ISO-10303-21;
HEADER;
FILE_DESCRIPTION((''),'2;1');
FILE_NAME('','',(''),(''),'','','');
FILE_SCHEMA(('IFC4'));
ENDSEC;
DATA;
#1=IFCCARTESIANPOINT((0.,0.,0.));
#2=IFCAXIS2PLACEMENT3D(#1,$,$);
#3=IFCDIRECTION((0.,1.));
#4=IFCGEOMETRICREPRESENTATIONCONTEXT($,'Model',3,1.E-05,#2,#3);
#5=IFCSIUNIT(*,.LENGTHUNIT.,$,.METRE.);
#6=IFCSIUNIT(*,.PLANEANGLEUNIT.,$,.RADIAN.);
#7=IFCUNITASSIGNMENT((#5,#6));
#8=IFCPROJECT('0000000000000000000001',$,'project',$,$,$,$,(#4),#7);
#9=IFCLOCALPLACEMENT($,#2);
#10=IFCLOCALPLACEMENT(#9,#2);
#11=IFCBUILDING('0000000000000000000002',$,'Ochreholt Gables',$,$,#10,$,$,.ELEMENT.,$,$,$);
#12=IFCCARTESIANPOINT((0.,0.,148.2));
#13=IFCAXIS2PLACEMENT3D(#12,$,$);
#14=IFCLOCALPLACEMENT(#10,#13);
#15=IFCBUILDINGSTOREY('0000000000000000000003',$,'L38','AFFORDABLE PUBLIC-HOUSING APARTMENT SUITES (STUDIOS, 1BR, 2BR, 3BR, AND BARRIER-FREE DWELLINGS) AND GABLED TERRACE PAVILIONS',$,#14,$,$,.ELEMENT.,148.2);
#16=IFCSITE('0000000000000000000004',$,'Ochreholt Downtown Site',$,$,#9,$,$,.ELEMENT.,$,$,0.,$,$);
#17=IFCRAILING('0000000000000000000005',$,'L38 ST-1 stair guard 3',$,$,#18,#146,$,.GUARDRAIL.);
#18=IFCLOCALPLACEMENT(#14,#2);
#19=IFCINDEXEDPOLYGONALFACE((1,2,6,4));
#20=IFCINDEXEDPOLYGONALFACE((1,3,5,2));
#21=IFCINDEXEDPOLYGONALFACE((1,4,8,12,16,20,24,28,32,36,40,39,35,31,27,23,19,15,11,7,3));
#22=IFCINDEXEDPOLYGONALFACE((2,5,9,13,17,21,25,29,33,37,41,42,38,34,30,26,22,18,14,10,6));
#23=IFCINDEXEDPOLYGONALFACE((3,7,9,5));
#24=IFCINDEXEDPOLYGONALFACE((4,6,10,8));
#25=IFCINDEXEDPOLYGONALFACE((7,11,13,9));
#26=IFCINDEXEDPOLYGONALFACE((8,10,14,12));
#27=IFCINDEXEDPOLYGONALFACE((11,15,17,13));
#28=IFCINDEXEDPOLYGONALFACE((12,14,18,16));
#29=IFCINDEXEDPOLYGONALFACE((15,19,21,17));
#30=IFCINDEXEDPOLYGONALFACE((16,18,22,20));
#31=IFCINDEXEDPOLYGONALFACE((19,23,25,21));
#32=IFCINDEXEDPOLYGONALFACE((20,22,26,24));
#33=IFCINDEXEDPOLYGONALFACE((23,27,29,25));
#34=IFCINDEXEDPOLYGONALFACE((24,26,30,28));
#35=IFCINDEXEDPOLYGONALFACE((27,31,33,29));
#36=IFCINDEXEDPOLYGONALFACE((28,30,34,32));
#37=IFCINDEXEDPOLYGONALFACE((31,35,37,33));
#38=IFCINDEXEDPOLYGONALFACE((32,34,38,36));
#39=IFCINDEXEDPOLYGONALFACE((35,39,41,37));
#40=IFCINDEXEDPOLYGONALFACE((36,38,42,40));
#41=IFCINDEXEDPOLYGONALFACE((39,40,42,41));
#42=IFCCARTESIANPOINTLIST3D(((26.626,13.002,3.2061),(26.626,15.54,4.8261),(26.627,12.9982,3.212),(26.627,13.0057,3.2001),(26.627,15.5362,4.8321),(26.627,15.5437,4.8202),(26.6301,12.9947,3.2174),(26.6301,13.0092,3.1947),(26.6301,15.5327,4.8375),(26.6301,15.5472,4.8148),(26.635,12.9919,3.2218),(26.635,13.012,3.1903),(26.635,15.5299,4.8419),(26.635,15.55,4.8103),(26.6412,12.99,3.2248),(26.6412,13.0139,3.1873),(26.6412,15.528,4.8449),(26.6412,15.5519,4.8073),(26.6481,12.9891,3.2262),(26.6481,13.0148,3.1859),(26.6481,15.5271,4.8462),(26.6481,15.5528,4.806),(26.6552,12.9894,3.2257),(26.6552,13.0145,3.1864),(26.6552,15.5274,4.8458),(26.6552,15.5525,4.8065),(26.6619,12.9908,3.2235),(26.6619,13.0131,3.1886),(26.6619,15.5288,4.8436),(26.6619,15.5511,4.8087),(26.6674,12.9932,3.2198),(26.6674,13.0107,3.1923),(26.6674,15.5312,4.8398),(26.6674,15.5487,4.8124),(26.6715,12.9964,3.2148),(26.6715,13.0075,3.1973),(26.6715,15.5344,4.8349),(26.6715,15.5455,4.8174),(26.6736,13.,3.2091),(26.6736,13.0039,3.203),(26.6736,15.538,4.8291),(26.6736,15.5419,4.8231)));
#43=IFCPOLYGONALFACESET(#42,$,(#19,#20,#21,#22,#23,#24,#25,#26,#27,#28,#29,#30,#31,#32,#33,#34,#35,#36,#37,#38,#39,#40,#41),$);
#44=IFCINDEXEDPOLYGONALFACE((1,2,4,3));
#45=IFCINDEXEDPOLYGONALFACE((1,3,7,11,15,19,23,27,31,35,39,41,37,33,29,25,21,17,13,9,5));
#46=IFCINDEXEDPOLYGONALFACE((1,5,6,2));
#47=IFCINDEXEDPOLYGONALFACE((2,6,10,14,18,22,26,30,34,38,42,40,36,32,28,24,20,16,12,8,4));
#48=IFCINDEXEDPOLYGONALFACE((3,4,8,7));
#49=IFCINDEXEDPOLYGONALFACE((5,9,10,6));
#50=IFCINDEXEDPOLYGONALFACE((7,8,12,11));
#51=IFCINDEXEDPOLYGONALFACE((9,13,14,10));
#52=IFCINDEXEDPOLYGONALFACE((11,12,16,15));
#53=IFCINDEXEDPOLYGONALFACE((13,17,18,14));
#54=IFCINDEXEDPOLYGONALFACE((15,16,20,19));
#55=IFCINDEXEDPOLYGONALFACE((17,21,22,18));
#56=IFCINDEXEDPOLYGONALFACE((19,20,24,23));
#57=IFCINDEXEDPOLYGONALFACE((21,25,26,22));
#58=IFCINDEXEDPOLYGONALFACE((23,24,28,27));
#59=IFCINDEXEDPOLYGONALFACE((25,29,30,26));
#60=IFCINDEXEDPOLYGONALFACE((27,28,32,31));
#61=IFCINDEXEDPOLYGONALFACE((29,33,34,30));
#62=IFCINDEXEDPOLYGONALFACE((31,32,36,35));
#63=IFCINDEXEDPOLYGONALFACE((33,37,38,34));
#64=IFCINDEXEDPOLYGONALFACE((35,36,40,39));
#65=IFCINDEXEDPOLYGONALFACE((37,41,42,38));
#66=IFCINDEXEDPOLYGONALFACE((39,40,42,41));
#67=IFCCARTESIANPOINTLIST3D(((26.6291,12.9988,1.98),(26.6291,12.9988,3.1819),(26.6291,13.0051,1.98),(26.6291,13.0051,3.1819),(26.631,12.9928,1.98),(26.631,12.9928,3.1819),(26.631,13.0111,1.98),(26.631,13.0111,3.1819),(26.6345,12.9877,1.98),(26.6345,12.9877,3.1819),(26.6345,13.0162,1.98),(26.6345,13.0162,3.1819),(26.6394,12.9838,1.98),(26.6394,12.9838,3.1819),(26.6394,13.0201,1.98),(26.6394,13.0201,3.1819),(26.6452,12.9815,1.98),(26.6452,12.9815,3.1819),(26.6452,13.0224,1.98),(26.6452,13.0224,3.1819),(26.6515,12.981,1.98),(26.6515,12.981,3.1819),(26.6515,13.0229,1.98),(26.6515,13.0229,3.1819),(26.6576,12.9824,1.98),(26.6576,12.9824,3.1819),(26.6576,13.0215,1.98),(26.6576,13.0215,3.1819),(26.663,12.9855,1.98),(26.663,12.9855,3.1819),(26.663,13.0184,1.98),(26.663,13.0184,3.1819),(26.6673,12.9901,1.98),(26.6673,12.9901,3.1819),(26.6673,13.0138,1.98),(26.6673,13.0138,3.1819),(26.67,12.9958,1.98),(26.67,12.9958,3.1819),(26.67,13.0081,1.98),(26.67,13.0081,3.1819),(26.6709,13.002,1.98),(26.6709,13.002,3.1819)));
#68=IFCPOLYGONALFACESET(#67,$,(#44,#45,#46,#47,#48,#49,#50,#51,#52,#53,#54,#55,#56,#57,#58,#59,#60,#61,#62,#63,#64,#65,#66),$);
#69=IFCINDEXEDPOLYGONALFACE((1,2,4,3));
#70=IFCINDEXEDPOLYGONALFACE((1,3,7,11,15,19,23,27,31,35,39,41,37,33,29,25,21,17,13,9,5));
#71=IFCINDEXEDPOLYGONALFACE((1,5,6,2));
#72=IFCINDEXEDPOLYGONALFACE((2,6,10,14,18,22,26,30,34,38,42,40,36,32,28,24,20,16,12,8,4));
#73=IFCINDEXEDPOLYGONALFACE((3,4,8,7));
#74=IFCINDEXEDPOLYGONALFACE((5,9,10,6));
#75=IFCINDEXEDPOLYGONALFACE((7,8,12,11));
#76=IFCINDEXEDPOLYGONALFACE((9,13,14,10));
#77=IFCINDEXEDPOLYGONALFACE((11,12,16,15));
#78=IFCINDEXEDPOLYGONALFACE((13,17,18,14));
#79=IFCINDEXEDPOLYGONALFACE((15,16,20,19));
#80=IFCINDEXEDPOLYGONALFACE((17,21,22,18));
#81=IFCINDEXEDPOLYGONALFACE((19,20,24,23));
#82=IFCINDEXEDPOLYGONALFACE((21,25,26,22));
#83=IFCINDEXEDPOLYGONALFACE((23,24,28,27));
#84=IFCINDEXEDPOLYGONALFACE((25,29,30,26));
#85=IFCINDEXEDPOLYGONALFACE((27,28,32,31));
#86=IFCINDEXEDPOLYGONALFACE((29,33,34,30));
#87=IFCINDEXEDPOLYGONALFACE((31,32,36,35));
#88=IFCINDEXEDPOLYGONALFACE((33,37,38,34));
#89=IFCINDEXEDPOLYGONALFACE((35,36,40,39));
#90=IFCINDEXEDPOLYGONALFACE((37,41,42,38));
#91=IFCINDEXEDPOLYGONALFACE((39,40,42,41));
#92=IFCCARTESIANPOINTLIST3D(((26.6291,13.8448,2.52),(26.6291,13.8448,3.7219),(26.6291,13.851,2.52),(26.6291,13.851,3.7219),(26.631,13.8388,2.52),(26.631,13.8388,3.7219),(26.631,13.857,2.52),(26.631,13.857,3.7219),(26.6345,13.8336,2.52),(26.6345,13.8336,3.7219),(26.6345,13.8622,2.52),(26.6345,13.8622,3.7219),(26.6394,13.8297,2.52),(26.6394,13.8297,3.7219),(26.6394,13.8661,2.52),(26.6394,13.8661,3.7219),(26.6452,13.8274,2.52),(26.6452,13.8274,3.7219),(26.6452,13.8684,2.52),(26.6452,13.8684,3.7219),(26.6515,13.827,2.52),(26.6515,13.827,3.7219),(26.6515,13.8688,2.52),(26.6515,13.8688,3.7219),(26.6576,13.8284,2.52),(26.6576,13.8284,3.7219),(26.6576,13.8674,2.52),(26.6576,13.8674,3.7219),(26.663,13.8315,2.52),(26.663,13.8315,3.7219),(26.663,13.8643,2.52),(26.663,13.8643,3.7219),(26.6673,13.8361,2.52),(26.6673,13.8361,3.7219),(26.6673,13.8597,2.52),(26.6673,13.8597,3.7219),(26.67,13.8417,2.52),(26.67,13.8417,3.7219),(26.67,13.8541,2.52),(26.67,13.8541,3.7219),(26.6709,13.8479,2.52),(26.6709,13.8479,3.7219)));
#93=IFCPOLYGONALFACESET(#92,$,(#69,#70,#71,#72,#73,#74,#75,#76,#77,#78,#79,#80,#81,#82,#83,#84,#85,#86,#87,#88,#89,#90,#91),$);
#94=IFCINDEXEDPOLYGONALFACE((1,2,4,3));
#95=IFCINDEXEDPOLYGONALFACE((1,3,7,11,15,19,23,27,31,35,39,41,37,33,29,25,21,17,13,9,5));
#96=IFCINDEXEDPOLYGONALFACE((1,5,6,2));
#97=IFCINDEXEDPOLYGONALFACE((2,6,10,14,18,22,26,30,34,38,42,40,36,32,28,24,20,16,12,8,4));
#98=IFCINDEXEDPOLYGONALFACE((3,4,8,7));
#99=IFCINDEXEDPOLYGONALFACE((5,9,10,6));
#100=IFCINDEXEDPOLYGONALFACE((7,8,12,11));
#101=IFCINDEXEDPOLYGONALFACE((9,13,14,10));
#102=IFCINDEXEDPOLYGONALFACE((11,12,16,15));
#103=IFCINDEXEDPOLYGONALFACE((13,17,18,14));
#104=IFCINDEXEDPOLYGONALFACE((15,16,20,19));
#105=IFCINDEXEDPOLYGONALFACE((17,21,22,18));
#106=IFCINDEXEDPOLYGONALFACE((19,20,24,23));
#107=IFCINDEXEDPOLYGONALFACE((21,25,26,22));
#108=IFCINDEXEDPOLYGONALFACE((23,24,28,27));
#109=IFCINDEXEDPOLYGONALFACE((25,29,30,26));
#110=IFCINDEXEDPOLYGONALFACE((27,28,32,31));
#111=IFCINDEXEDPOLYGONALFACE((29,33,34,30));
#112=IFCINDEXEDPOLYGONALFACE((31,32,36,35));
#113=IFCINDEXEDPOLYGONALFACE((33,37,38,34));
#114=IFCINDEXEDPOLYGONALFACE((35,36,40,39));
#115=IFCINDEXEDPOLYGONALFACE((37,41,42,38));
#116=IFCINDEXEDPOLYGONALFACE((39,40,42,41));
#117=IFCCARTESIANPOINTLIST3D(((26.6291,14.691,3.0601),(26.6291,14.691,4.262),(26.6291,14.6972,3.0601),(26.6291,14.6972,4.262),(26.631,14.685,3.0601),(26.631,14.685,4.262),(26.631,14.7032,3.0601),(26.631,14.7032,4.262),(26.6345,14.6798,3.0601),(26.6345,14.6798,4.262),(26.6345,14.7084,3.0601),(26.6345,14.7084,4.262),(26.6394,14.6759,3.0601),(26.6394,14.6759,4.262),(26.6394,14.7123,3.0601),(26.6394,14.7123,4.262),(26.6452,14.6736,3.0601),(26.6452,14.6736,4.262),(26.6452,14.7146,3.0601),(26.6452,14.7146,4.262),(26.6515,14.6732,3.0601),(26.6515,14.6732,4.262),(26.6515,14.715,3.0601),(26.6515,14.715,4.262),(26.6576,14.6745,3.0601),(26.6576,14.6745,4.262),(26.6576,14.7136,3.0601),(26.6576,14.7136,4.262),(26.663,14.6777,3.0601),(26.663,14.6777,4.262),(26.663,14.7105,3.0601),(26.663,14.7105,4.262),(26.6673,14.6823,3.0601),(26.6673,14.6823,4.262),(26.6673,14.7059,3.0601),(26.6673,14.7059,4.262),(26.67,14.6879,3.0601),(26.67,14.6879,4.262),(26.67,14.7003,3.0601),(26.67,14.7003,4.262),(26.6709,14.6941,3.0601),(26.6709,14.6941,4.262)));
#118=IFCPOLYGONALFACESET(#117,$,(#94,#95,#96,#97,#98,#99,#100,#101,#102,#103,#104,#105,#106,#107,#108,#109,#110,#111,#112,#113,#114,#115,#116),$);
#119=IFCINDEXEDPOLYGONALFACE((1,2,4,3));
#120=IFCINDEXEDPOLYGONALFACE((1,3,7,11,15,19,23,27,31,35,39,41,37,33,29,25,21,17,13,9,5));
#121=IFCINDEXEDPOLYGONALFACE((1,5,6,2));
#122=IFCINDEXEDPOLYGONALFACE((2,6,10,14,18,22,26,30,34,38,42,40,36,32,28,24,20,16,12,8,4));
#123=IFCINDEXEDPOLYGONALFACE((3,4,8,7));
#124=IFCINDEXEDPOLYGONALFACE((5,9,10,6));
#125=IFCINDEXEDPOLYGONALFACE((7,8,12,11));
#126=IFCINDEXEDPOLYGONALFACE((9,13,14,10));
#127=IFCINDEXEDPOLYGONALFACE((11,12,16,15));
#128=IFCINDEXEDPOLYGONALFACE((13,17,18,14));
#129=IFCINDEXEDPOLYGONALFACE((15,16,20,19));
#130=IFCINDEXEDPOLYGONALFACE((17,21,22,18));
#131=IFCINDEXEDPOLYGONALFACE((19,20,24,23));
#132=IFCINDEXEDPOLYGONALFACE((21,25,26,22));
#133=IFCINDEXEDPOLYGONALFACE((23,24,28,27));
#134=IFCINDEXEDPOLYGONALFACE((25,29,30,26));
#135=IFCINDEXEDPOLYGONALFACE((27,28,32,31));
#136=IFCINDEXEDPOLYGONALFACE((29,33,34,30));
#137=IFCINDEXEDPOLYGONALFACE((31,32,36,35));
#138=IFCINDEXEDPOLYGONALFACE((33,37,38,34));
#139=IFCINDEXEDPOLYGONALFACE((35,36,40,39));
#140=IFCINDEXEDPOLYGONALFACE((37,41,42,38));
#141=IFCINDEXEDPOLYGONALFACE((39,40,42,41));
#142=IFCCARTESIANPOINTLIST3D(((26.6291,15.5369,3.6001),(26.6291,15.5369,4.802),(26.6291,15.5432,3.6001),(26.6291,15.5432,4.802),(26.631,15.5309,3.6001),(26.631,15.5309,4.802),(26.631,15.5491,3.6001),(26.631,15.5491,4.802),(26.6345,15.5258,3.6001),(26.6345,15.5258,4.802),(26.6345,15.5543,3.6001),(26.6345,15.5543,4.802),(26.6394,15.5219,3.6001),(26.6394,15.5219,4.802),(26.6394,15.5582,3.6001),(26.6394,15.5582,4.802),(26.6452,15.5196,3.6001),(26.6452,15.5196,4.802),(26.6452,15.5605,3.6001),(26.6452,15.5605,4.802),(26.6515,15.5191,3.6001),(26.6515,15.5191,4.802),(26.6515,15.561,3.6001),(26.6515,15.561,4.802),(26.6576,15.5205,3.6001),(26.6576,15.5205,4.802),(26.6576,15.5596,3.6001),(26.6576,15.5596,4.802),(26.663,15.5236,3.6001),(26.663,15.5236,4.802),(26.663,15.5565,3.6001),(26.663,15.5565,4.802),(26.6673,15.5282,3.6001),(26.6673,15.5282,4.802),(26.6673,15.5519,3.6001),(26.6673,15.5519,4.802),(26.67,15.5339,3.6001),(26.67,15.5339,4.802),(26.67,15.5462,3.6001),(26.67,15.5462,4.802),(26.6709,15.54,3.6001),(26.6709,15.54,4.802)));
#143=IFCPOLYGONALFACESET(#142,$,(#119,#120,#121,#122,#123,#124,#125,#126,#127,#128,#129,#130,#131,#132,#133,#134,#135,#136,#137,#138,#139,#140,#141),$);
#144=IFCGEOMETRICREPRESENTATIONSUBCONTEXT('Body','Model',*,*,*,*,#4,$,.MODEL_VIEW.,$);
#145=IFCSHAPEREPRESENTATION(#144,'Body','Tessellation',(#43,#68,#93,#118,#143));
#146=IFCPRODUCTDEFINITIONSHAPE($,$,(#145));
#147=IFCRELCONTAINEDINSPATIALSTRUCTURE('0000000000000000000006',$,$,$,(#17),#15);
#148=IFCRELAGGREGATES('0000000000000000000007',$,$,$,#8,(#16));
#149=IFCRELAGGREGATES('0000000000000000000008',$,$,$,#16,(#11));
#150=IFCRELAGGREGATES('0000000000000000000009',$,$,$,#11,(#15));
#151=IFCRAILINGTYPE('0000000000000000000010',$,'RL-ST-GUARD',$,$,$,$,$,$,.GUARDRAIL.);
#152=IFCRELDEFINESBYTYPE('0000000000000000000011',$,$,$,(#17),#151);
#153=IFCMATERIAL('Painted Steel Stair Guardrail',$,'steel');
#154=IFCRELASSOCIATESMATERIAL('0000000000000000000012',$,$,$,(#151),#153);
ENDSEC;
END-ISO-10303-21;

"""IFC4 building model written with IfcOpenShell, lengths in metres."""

from ifc_helpers import new_model, si_unit, direction, frame, origin, origin_2d, place, context, subcontext, project, spatial, circle, extrude, material, type_object, element, save


model = new_model("IFC4")

# Units and contexts
model_context = context("Model", 3, precision=1e-05, world=origin(), true_north=direction((0.0, 1.0)))
body_context = subcontext(model_context, "Body", "Model", "MODEL_VIEW")
ifc_project = project(units=[si_unit("LENGTHUNIT", "METRE"), si_unit("PLANEANGLEUNIT", "RADIAN")], contexts=[model_context])

# Site, building, storey
site_placement = place(None, origin())
site = spatial("IfcSite", under=ifc_project, at=site_placement, Name="Ochreholt Downtown Site", CompositionType="ELEMENT", RefElevation=0.0)
building_placement = place(site_placement, origin())
building = spatial("IfcBuilding", under=site, at=building_placement, Name="Ochreholt Gables", CompositionType="ELEMENT")
storey_placement = place(building_placement, frame((0.0, 0.0, 148.2)))
storey = spatial("IfcBuildingStorey", under=building, at=storey_placement, Name="L38", Description="AFFORDABLE PUBLIC-HOUSING APARTMENT SUITES (STUDIOS, 1BR, 2BR, 3BR, AND BARRIER-FREE DWELLINGS) AND GABLED TERRACE PAVILIONS", CompositionType="ELEMENT", Elevation=148.2)

# Railing
ifc_material_1 = material(Name="Painted Steel Stair Guardrail", Category="steel")
railing_type_1 = type_object("IfcRailingType", Name="RL-ST-GUARD", PredefinedType="GUARDRAIL", material=ifc_material_1)
railing_1_placement = place(storey_placement, frame((26.6499, 13.002, 1.98)))
element("IfcRailing", 1, at=railing_1_placement, inside=storey, type_object=railing_type_1, Name="L38 ST-1 stair guard 3", PredefinedType="GUARDRAIL", context=body_context, shape_type="SweptSolid", body=[
    extrude(circle(Radius=0.0239, at=origin_2d()), frame((0.0, 0.0, 1.2261), z_axis=(0.0, 0.842913, 0.53805), x_axis=(-1.0, 0.0, 0.0)), (0.0, 0.0, 1.0), 3.011),
    extrude(circle(Radius=0.021, at=origin_2d()), origin(), (0.0, 0.0, 1.0), 1.2019),
    extrude(circle(Radius=0.021, at=origin_2d()), frame((0.0, 0.8459, 0.54)), (0.0, 0.0, 1.0), 1.2019),
    extrude(circle(Radius=0.021, at=origin_2d()), frame((0.0, 1.6921, 1.0801)), (0.0, 0.0, 1.0), 1.2019),
    extrude(circle(Radius=0.021, at=origin_2d()), frame((0.0, 2.5381, 1.6201)), (0.0, 0.0, 1.0), 1.2019),
])

save(model, "model.ifc")
